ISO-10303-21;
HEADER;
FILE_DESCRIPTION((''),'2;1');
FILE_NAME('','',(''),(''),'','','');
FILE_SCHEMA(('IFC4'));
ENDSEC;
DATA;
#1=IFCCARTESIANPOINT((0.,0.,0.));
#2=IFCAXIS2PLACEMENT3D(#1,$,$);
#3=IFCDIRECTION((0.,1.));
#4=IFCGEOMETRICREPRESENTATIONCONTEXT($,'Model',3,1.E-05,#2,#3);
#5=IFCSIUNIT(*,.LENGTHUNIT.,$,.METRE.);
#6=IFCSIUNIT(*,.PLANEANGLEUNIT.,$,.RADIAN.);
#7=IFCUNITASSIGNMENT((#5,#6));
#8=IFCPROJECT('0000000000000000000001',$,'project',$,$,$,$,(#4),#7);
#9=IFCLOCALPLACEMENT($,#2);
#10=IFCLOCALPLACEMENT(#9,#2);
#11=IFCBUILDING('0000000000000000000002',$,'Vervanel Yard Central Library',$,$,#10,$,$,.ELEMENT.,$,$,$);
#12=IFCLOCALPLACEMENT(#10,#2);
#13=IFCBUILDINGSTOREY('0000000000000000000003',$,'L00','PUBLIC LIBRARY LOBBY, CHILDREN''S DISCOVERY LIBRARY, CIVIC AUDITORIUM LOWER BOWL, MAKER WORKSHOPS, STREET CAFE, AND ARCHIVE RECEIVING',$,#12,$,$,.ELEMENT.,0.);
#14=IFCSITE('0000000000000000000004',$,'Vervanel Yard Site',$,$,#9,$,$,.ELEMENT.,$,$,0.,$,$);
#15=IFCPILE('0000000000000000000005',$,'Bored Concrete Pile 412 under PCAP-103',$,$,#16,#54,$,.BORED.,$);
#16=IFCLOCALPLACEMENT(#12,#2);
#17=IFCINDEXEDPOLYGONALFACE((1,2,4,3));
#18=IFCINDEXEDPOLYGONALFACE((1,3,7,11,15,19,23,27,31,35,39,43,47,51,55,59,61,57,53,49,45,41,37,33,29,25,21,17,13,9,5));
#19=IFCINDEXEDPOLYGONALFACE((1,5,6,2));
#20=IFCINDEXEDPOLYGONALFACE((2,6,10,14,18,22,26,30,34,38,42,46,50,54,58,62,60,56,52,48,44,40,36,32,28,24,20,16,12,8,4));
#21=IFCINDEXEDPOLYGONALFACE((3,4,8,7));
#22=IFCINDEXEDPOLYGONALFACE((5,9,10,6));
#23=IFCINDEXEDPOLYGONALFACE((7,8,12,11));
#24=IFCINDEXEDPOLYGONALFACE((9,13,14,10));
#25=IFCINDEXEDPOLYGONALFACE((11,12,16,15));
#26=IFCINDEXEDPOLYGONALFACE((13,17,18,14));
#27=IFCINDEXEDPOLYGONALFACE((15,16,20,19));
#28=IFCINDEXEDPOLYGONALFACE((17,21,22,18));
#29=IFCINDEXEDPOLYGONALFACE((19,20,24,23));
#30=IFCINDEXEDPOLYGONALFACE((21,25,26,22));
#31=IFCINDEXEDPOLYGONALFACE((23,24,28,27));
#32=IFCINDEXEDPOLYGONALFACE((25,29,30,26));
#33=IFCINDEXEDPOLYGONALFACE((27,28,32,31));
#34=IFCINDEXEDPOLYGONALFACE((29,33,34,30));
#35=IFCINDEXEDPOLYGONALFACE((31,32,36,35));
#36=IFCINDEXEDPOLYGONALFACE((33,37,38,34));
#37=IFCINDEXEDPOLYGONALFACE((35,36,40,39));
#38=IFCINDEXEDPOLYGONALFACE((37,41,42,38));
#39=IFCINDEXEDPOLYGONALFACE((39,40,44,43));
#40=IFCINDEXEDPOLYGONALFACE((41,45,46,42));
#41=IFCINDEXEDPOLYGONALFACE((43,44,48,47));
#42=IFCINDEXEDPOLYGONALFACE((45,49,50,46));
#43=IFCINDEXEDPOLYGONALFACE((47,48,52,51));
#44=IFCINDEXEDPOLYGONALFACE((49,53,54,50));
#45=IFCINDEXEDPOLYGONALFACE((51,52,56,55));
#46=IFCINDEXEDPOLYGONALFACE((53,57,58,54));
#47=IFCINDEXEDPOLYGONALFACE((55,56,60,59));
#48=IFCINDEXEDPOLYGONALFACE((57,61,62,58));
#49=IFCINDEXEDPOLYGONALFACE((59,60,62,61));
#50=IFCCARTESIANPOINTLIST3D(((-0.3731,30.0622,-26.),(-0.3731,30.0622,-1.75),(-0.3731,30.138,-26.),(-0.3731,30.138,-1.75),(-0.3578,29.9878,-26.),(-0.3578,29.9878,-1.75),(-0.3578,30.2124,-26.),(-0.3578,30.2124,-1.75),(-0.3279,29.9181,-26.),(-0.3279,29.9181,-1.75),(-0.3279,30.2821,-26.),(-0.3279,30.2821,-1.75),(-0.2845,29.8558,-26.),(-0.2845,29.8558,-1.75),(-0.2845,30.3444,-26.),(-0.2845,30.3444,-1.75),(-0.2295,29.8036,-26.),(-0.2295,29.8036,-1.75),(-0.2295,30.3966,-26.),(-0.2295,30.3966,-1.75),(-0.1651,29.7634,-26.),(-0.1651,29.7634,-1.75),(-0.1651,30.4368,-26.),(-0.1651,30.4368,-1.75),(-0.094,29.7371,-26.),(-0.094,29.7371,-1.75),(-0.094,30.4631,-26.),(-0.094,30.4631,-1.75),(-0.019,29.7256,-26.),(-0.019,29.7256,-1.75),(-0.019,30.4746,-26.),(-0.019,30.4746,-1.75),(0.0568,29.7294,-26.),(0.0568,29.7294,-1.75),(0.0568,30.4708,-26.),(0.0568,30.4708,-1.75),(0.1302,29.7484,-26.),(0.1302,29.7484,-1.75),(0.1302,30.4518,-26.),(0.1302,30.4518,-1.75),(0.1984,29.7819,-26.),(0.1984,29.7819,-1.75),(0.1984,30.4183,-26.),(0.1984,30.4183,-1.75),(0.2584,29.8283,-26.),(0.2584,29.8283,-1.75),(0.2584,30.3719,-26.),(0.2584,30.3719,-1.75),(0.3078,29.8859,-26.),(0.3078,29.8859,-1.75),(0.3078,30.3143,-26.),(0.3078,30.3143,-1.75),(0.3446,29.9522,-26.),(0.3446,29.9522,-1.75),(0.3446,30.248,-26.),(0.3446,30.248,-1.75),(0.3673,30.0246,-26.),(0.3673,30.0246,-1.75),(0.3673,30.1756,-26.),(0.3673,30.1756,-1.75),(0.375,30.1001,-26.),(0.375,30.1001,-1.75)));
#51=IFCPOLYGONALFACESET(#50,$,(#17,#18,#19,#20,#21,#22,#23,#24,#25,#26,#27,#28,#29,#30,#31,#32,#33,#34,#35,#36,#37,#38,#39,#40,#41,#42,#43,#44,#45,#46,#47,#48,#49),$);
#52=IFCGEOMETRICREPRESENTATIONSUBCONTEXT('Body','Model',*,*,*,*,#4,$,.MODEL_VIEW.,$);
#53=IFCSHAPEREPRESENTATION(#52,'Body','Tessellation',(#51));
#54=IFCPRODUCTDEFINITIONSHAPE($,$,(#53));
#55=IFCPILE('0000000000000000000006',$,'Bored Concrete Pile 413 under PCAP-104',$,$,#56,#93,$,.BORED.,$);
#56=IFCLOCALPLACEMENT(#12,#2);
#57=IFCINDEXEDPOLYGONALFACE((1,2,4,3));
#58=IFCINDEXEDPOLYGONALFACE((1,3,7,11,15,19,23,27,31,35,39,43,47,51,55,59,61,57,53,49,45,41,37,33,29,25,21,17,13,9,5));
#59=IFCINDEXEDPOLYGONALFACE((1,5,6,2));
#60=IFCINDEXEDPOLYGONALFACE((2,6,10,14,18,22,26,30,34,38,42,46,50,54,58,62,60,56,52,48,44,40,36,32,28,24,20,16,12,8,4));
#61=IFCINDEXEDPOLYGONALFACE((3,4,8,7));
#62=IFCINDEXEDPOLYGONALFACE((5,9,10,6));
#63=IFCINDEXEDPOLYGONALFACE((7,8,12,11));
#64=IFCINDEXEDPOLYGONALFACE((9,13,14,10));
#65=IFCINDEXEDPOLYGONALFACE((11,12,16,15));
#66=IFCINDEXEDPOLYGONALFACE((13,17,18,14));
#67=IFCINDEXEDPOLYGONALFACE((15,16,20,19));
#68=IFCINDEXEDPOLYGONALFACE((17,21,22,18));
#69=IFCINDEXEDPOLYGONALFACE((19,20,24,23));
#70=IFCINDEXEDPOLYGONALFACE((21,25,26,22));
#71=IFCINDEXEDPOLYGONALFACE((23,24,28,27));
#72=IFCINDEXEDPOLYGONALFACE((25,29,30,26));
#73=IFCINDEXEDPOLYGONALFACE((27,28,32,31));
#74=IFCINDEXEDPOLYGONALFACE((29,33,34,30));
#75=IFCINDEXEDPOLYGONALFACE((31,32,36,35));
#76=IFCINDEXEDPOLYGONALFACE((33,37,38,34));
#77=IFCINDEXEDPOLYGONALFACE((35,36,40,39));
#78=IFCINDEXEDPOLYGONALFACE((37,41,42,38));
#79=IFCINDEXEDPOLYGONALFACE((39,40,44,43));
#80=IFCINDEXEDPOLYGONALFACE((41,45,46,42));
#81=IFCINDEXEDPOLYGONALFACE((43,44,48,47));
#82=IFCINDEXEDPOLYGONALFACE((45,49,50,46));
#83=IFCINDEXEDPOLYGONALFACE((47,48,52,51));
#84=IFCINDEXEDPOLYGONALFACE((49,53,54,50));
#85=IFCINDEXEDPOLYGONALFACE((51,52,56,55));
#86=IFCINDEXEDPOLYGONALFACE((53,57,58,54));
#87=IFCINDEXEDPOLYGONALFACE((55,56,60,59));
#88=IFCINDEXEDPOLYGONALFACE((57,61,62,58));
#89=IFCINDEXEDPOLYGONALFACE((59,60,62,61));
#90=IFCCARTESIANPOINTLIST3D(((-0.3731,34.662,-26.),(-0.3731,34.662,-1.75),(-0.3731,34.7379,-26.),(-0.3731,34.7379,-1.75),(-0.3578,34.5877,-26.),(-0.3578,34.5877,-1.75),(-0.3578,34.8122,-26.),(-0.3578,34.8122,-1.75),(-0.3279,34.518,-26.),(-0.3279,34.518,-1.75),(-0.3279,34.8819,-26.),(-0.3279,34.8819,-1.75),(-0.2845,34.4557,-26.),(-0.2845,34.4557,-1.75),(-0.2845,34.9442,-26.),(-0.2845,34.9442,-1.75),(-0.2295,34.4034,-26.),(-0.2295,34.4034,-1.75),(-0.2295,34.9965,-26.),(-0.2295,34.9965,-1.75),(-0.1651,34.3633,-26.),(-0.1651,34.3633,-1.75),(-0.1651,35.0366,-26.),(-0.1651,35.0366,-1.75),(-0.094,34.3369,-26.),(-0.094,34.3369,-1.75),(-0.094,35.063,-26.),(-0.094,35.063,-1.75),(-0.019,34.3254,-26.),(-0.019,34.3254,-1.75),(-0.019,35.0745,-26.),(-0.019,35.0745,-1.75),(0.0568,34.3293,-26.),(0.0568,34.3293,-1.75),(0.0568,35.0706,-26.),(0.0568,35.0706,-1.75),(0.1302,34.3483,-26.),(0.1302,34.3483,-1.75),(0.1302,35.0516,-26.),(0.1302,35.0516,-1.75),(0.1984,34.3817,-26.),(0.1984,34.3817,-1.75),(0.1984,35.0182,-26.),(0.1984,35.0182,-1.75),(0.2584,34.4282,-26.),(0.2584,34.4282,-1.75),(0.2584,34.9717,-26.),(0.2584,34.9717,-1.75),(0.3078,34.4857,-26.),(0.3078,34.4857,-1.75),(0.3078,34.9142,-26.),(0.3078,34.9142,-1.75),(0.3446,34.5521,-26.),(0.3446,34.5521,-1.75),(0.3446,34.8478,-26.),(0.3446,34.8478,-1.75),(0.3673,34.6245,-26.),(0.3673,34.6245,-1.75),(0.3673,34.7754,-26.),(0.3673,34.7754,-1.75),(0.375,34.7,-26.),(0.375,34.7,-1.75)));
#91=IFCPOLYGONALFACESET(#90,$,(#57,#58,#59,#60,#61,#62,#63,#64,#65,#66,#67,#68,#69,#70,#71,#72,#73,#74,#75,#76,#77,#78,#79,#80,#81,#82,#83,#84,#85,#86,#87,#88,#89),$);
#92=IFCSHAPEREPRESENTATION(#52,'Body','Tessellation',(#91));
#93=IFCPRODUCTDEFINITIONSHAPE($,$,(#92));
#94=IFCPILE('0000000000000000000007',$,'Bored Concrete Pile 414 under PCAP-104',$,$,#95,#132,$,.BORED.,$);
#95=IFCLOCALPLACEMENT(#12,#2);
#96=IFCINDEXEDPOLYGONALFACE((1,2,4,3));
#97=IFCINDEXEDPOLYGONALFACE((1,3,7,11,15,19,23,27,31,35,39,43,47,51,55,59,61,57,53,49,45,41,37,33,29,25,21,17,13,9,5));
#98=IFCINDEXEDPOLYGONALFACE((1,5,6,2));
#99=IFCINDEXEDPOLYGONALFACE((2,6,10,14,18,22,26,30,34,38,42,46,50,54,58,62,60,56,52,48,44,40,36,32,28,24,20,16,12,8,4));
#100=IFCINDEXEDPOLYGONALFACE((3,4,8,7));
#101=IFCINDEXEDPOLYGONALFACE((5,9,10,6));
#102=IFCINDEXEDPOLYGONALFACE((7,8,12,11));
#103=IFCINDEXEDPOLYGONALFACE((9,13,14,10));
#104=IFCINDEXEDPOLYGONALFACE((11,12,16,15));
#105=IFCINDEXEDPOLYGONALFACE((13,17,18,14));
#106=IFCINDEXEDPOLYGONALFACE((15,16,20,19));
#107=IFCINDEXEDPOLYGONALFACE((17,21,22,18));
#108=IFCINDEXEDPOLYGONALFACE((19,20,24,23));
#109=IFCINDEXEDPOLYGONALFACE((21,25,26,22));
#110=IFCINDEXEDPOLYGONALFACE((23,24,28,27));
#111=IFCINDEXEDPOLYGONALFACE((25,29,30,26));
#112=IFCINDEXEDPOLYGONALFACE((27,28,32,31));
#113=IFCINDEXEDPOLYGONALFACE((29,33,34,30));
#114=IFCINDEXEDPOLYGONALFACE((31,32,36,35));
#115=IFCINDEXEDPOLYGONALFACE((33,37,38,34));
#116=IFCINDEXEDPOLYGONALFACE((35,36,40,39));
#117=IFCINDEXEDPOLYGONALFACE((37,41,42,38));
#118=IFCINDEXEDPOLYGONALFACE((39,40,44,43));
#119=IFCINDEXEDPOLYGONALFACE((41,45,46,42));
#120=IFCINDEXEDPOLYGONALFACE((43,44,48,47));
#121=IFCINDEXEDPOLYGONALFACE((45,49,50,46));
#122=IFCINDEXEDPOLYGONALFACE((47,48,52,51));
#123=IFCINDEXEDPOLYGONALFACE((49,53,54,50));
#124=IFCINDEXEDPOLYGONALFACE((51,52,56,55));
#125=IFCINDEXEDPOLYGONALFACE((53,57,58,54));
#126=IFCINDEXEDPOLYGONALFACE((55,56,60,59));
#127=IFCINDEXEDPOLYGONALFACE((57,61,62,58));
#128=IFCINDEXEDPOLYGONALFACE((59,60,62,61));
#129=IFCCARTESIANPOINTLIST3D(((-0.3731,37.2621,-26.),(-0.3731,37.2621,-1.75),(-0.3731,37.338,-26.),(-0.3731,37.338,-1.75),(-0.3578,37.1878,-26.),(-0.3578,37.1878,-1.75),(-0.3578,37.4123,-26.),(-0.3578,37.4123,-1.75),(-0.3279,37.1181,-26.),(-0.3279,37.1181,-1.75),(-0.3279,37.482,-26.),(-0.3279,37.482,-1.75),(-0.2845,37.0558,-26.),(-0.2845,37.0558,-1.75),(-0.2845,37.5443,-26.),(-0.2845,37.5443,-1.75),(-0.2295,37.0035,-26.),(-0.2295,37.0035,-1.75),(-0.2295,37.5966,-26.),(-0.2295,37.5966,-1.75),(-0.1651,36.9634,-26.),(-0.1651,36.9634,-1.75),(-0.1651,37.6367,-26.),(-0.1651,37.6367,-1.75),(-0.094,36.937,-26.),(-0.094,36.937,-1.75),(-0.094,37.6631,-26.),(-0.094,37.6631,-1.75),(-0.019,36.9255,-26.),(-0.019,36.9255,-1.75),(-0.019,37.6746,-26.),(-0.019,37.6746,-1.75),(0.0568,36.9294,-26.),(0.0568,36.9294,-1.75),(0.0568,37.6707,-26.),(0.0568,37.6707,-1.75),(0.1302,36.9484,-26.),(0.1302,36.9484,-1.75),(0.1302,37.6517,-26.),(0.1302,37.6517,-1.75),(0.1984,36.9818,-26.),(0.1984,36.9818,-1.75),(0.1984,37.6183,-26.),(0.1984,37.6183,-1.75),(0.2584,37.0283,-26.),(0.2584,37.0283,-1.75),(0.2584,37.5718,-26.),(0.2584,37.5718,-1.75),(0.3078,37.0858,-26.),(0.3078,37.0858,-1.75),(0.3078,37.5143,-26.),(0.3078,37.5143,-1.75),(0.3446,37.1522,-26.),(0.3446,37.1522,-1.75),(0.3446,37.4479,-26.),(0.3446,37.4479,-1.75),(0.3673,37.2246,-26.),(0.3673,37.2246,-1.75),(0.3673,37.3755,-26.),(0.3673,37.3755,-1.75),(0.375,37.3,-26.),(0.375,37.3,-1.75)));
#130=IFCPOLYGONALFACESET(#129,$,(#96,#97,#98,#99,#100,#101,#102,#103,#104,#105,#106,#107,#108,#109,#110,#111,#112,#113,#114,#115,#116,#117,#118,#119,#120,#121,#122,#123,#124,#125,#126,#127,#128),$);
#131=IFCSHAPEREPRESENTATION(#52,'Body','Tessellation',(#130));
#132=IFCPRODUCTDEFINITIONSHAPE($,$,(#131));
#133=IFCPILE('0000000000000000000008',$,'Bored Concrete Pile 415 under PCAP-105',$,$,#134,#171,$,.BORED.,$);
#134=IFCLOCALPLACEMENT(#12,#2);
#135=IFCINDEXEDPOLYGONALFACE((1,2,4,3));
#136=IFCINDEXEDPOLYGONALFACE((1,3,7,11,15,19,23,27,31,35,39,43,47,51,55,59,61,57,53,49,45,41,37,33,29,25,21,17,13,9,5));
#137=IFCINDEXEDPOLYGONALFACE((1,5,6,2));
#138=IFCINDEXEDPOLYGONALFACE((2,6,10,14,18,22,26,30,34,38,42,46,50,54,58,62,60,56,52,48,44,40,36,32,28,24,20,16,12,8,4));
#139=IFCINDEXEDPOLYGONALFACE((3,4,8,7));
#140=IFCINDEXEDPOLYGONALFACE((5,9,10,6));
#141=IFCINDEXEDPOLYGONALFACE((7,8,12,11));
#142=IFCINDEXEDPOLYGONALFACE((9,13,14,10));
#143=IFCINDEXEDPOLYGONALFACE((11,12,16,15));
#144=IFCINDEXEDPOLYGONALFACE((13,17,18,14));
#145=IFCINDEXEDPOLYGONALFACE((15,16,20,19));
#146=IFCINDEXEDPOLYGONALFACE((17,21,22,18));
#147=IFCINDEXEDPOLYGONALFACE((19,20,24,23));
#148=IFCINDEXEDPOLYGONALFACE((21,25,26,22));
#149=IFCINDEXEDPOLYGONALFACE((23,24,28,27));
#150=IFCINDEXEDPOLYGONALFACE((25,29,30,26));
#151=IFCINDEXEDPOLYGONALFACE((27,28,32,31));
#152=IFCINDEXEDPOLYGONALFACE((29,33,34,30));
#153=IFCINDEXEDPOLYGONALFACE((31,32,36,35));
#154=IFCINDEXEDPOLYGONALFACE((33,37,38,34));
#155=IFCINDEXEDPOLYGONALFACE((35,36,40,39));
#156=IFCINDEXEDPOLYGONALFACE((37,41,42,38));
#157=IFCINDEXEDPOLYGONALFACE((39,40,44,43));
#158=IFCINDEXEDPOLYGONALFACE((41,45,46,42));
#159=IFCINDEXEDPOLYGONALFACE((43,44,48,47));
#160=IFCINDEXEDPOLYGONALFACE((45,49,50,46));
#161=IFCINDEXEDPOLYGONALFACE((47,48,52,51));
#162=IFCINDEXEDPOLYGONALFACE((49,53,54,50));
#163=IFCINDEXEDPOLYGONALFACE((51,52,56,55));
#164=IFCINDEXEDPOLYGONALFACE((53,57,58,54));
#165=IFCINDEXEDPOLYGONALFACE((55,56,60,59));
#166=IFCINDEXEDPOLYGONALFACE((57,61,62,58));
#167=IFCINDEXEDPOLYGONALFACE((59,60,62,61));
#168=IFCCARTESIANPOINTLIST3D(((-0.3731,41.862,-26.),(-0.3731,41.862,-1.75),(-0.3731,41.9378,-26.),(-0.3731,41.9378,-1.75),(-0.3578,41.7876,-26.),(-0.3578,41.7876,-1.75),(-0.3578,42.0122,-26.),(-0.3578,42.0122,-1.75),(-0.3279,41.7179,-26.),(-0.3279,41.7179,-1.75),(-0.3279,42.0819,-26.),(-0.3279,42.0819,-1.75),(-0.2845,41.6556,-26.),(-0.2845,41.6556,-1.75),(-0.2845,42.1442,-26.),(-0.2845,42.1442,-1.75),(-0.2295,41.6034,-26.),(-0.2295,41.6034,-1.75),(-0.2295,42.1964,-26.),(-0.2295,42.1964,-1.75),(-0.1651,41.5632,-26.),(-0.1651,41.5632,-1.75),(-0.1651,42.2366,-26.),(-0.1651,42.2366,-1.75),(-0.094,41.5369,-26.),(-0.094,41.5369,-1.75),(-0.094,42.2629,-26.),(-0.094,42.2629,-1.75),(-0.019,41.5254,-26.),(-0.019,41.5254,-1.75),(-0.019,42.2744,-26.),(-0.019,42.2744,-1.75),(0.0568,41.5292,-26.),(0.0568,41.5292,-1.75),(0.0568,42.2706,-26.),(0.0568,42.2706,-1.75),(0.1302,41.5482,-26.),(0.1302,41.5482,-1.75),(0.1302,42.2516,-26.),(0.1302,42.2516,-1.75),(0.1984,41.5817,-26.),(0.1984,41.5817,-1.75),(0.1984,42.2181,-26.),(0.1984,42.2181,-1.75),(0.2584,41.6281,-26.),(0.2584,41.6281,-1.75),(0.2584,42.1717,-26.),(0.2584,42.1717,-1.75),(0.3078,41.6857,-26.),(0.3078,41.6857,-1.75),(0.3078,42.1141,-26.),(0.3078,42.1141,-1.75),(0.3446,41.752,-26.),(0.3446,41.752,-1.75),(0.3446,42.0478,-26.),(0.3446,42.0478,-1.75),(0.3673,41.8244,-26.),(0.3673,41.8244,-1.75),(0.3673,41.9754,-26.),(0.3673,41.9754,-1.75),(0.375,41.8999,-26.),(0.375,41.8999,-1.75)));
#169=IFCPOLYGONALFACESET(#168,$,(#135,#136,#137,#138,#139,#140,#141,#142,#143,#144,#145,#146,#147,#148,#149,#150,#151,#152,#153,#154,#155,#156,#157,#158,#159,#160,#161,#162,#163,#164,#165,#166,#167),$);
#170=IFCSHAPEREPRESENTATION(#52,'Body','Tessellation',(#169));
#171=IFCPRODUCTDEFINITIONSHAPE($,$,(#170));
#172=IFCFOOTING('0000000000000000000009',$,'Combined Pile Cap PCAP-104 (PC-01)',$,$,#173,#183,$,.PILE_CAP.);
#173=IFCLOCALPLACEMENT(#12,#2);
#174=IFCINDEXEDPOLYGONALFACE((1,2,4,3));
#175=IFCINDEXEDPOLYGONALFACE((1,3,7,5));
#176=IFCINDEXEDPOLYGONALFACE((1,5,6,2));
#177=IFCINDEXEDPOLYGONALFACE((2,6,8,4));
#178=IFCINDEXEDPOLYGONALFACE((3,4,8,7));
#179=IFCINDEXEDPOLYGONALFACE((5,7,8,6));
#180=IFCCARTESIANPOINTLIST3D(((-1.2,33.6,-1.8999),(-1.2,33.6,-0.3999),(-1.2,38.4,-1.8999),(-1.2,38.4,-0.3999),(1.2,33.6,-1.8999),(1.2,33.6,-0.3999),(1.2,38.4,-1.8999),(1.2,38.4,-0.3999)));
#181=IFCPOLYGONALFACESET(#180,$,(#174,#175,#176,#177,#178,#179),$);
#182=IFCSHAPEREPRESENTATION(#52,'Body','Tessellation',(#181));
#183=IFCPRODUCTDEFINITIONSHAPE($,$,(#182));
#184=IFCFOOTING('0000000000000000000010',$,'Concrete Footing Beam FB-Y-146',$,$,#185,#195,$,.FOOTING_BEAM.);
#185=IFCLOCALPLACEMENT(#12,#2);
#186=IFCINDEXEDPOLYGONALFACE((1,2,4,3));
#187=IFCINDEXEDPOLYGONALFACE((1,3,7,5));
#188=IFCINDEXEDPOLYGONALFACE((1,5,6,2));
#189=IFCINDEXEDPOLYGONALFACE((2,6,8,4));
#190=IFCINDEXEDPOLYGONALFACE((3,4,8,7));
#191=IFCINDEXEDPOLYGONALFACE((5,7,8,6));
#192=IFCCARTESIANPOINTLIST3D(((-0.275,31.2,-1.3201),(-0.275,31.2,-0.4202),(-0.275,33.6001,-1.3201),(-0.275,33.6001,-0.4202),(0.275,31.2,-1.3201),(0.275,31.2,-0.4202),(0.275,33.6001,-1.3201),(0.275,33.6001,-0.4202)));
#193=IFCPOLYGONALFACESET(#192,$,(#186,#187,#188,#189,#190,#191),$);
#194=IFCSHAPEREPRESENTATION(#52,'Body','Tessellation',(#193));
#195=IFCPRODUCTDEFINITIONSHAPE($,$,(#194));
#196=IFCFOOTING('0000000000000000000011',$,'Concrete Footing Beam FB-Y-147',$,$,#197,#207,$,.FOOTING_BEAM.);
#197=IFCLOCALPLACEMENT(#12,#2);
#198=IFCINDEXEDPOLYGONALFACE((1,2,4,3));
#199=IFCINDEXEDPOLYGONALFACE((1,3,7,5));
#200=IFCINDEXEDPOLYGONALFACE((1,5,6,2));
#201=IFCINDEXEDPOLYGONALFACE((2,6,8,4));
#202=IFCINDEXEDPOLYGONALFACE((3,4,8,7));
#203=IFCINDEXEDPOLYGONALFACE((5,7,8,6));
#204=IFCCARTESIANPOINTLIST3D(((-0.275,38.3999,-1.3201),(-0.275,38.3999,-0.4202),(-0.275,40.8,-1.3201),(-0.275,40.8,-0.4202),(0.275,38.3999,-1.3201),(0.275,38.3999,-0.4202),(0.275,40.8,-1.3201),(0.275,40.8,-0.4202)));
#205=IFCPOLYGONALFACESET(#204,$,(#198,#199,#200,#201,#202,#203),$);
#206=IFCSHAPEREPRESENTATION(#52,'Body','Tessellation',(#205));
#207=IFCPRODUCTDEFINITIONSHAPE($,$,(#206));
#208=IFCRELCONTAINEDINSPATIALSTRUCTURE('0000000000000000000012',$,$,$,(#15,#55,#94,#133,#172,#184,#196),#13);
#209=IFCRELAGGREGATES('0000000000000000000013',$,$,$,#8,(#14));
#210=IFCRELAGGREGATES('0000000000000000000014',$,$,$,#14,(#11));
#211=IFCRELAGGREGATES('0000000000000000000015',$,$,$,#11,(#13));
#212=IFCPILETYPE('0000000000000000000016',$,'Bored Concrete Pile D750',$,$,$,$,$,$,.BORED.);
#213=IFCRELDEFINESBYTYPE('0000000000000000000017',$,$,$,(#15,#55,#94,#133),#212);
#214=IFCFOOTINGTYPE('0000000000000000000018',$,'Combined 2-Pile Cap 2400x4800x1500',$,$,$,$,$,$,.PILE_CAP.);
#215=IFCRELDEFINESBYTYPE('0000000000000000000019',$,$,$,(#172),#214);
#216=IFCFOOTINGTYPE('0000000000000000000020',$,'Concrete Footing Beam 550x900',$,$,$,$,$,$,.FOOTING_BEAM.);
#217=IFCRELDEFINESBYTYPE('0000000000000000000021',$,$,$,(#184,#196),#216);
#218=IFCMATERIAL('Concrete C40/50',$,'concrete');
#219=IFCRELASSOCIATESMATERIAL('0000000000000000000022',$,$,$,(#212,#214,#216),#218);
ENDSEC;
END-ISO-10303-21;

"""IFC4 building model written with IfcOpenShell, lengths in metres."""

from ifc_helpers import new_model, si_unit, direction, frame, origin, origin_2d, place, context, subcontext, project, spatial, rectangle, circle, extrude, material, material_profile, profile_set, type_object, element, save


model = new_model("IFC4")

# Units and contexts
model_context = context("Model", 3, precision=1e-05, world=origin(), true_north=direction((0.0, 1.0)))
body_context = subcontext(model_context, "Body", "Model", "MODEL_VIEW")
ifc_project = project(units=[si_unit("LENGTHUNIT", "METRE"), si_unit("PLANEANGLEUNIT", "RADIAN")], contexts=[model_context])

# Site, building, storey
site_placement = place(None, origin())
site = spatial("IfcSite", under=ifc_project, at=site_placement, Name="Vervanel Yard Site", CompositionType="ELEMENT", RefElevation=0.0)
building_placement = place(site_placement, origin())
building = spatial("IfcBuilding", under=site, at=building_placement, Name="Vervanel Yard Central Library", CompositionType="ELEMENT")
storey_placement = place(building_placement, origin())
storey = spatial("IfcBuildingStorey", under=building, at=storey_placement, Name="L00", Description="PUBLIC LIBRARY LOBBY, CHILDREN'S DISCOVERY LIBRARY, CIVIC AUDITORIUM LOWER BOWL, MAKER WORKSHOPS, STREET CAFE, AND ARCHIVE RECEIVING", CompositionType="ELEMENT", Elevation=0.0)

# Piles
ifc_material_1 = material(Name="Concrete C40/50", Category="concrete")
ifc_material_profile_1 = material_profile(ifc_material_1, circle(Radius=0.375, at=origin_2d()), Name="BP D750", Category="concrete")
ifc_profile_set_1 = profile_set([ifc_material_profile_1], Name="Concrete C40/50")
pile_type = type_object("IfcPileType", Name="Bored Concrete Pile D750", PredefinedType="BORED", material=ifc_profile_set_1)
for number, where, z_axis, x_axis, name in (
    (1, (0.0, 30.1001, -1.75), (0.0, 0.0, -1.0), (1.0, 0.0, 0.0), "Bored Concrete Pile 412 under PCAP-103"),
    (2, (0.0, 34.7, -1.75), (0.0, 0.0, -1.0), (1.0, 0.0, 0.0), "Bored Concrete Pile 413 under PCAP-104"),
    (3, (0.0, 37.3, -1.75), (0.0, 0.0, -1.0), (1.0, 0.0, 0.0), "Bored Concrete Pile 414 under PCAP-104"),
    (4, (0.0, 41.8999, -1.75), (0.0, 0.0, -1.0), (1.0, 0.0, 0.0), "Bored Concrete Pile 415 under PCAP-105"),
):
    element("IfcPile", number, at=place(storey_placement, frame(where, z_axis=z_axis, x_axis=x_axis)), inside=storey, type_object=pile_type, Name=name, PredefinedType="BORED", context=body_context, shape_type="SweptSolid", body=[
        extrude(circle(Radius=0.375, at=origin_2d()), origin(), (0.0, 0.0, 1.0), 24.25),
    ])

# Footings
footing_type_1 = type_object("IfcFootingType", Name="Combined 2-Pile Cap 2400x4800x1500", PredefinedType="PILE_CAP", material=ifc_material_1)
footing_placement = place(storey_placement, frame((0.0, 36.0, -1.8999), z_axis=(0.0, 0.0, 1.0), x_axis=(1.0, 0.0, 0.0)))
element("IfcFooting", 5, at=footing_placement, inside=storey, type_object=footing_type_1, Name="Combined Pile Cap PCAP-104 (PC-01)", PredefinedType="PILE_CAP", context=body_context, shape_type="SweptSolid", body=[
    extrude(rectangle(XDim=2.3999, YDim=4.8, at=origin_2d()), origin(), (0.0, 0.0, 1.0), 1.5),
])
ifc_material_profile_2 = material_profile(ifc_material_1, rectangle(XDim=0.55, YDim=0.8999, at=origin_2d()), Name="RC 550x900", Category="concrete")
ifc_profile_set_2 = profile_set([ifc_material_profile_2], Name="Concrete C40/50")
footing_type_2 = type_object("IfcFootingType", Name="Concrete Footing Beam 550x900", PredefinedType="FOOTING_BEAM", material=ifc_profile_set_2)
for number, where, z_axis, x_axis, name in (
    (6, (0.0, 31.2, -0.8701), (0.0, 1.0, 0.0), (-1.0, 0.0, 0.0), "Concrete Footing Beam FB-Y-146"),
    (7, (0.0, 38.3999, -0.8701), (0.0, 1.0, 0.0), (-1.0, 0.0, 0.0), "Concrete Footing Beam FB-Y-147"),
):
    element("IfcFooting", number, at=place(storey_placement, frame(where, z_axis=z_axis, x_axis=x_axis)), inside=storey, type_object=footing_type_2, Name=name, PredefinedType="FOOTING_BEAM", context=body_context, shape_type="SweptSolid", body=[
        extrude(rectangle(XDim=0.55, YDim=0.8999, at=origin_2d()), origin(), (0.0, 0.0, 1.0), 2.4001),
    ])

save(model, "model.ifc")
